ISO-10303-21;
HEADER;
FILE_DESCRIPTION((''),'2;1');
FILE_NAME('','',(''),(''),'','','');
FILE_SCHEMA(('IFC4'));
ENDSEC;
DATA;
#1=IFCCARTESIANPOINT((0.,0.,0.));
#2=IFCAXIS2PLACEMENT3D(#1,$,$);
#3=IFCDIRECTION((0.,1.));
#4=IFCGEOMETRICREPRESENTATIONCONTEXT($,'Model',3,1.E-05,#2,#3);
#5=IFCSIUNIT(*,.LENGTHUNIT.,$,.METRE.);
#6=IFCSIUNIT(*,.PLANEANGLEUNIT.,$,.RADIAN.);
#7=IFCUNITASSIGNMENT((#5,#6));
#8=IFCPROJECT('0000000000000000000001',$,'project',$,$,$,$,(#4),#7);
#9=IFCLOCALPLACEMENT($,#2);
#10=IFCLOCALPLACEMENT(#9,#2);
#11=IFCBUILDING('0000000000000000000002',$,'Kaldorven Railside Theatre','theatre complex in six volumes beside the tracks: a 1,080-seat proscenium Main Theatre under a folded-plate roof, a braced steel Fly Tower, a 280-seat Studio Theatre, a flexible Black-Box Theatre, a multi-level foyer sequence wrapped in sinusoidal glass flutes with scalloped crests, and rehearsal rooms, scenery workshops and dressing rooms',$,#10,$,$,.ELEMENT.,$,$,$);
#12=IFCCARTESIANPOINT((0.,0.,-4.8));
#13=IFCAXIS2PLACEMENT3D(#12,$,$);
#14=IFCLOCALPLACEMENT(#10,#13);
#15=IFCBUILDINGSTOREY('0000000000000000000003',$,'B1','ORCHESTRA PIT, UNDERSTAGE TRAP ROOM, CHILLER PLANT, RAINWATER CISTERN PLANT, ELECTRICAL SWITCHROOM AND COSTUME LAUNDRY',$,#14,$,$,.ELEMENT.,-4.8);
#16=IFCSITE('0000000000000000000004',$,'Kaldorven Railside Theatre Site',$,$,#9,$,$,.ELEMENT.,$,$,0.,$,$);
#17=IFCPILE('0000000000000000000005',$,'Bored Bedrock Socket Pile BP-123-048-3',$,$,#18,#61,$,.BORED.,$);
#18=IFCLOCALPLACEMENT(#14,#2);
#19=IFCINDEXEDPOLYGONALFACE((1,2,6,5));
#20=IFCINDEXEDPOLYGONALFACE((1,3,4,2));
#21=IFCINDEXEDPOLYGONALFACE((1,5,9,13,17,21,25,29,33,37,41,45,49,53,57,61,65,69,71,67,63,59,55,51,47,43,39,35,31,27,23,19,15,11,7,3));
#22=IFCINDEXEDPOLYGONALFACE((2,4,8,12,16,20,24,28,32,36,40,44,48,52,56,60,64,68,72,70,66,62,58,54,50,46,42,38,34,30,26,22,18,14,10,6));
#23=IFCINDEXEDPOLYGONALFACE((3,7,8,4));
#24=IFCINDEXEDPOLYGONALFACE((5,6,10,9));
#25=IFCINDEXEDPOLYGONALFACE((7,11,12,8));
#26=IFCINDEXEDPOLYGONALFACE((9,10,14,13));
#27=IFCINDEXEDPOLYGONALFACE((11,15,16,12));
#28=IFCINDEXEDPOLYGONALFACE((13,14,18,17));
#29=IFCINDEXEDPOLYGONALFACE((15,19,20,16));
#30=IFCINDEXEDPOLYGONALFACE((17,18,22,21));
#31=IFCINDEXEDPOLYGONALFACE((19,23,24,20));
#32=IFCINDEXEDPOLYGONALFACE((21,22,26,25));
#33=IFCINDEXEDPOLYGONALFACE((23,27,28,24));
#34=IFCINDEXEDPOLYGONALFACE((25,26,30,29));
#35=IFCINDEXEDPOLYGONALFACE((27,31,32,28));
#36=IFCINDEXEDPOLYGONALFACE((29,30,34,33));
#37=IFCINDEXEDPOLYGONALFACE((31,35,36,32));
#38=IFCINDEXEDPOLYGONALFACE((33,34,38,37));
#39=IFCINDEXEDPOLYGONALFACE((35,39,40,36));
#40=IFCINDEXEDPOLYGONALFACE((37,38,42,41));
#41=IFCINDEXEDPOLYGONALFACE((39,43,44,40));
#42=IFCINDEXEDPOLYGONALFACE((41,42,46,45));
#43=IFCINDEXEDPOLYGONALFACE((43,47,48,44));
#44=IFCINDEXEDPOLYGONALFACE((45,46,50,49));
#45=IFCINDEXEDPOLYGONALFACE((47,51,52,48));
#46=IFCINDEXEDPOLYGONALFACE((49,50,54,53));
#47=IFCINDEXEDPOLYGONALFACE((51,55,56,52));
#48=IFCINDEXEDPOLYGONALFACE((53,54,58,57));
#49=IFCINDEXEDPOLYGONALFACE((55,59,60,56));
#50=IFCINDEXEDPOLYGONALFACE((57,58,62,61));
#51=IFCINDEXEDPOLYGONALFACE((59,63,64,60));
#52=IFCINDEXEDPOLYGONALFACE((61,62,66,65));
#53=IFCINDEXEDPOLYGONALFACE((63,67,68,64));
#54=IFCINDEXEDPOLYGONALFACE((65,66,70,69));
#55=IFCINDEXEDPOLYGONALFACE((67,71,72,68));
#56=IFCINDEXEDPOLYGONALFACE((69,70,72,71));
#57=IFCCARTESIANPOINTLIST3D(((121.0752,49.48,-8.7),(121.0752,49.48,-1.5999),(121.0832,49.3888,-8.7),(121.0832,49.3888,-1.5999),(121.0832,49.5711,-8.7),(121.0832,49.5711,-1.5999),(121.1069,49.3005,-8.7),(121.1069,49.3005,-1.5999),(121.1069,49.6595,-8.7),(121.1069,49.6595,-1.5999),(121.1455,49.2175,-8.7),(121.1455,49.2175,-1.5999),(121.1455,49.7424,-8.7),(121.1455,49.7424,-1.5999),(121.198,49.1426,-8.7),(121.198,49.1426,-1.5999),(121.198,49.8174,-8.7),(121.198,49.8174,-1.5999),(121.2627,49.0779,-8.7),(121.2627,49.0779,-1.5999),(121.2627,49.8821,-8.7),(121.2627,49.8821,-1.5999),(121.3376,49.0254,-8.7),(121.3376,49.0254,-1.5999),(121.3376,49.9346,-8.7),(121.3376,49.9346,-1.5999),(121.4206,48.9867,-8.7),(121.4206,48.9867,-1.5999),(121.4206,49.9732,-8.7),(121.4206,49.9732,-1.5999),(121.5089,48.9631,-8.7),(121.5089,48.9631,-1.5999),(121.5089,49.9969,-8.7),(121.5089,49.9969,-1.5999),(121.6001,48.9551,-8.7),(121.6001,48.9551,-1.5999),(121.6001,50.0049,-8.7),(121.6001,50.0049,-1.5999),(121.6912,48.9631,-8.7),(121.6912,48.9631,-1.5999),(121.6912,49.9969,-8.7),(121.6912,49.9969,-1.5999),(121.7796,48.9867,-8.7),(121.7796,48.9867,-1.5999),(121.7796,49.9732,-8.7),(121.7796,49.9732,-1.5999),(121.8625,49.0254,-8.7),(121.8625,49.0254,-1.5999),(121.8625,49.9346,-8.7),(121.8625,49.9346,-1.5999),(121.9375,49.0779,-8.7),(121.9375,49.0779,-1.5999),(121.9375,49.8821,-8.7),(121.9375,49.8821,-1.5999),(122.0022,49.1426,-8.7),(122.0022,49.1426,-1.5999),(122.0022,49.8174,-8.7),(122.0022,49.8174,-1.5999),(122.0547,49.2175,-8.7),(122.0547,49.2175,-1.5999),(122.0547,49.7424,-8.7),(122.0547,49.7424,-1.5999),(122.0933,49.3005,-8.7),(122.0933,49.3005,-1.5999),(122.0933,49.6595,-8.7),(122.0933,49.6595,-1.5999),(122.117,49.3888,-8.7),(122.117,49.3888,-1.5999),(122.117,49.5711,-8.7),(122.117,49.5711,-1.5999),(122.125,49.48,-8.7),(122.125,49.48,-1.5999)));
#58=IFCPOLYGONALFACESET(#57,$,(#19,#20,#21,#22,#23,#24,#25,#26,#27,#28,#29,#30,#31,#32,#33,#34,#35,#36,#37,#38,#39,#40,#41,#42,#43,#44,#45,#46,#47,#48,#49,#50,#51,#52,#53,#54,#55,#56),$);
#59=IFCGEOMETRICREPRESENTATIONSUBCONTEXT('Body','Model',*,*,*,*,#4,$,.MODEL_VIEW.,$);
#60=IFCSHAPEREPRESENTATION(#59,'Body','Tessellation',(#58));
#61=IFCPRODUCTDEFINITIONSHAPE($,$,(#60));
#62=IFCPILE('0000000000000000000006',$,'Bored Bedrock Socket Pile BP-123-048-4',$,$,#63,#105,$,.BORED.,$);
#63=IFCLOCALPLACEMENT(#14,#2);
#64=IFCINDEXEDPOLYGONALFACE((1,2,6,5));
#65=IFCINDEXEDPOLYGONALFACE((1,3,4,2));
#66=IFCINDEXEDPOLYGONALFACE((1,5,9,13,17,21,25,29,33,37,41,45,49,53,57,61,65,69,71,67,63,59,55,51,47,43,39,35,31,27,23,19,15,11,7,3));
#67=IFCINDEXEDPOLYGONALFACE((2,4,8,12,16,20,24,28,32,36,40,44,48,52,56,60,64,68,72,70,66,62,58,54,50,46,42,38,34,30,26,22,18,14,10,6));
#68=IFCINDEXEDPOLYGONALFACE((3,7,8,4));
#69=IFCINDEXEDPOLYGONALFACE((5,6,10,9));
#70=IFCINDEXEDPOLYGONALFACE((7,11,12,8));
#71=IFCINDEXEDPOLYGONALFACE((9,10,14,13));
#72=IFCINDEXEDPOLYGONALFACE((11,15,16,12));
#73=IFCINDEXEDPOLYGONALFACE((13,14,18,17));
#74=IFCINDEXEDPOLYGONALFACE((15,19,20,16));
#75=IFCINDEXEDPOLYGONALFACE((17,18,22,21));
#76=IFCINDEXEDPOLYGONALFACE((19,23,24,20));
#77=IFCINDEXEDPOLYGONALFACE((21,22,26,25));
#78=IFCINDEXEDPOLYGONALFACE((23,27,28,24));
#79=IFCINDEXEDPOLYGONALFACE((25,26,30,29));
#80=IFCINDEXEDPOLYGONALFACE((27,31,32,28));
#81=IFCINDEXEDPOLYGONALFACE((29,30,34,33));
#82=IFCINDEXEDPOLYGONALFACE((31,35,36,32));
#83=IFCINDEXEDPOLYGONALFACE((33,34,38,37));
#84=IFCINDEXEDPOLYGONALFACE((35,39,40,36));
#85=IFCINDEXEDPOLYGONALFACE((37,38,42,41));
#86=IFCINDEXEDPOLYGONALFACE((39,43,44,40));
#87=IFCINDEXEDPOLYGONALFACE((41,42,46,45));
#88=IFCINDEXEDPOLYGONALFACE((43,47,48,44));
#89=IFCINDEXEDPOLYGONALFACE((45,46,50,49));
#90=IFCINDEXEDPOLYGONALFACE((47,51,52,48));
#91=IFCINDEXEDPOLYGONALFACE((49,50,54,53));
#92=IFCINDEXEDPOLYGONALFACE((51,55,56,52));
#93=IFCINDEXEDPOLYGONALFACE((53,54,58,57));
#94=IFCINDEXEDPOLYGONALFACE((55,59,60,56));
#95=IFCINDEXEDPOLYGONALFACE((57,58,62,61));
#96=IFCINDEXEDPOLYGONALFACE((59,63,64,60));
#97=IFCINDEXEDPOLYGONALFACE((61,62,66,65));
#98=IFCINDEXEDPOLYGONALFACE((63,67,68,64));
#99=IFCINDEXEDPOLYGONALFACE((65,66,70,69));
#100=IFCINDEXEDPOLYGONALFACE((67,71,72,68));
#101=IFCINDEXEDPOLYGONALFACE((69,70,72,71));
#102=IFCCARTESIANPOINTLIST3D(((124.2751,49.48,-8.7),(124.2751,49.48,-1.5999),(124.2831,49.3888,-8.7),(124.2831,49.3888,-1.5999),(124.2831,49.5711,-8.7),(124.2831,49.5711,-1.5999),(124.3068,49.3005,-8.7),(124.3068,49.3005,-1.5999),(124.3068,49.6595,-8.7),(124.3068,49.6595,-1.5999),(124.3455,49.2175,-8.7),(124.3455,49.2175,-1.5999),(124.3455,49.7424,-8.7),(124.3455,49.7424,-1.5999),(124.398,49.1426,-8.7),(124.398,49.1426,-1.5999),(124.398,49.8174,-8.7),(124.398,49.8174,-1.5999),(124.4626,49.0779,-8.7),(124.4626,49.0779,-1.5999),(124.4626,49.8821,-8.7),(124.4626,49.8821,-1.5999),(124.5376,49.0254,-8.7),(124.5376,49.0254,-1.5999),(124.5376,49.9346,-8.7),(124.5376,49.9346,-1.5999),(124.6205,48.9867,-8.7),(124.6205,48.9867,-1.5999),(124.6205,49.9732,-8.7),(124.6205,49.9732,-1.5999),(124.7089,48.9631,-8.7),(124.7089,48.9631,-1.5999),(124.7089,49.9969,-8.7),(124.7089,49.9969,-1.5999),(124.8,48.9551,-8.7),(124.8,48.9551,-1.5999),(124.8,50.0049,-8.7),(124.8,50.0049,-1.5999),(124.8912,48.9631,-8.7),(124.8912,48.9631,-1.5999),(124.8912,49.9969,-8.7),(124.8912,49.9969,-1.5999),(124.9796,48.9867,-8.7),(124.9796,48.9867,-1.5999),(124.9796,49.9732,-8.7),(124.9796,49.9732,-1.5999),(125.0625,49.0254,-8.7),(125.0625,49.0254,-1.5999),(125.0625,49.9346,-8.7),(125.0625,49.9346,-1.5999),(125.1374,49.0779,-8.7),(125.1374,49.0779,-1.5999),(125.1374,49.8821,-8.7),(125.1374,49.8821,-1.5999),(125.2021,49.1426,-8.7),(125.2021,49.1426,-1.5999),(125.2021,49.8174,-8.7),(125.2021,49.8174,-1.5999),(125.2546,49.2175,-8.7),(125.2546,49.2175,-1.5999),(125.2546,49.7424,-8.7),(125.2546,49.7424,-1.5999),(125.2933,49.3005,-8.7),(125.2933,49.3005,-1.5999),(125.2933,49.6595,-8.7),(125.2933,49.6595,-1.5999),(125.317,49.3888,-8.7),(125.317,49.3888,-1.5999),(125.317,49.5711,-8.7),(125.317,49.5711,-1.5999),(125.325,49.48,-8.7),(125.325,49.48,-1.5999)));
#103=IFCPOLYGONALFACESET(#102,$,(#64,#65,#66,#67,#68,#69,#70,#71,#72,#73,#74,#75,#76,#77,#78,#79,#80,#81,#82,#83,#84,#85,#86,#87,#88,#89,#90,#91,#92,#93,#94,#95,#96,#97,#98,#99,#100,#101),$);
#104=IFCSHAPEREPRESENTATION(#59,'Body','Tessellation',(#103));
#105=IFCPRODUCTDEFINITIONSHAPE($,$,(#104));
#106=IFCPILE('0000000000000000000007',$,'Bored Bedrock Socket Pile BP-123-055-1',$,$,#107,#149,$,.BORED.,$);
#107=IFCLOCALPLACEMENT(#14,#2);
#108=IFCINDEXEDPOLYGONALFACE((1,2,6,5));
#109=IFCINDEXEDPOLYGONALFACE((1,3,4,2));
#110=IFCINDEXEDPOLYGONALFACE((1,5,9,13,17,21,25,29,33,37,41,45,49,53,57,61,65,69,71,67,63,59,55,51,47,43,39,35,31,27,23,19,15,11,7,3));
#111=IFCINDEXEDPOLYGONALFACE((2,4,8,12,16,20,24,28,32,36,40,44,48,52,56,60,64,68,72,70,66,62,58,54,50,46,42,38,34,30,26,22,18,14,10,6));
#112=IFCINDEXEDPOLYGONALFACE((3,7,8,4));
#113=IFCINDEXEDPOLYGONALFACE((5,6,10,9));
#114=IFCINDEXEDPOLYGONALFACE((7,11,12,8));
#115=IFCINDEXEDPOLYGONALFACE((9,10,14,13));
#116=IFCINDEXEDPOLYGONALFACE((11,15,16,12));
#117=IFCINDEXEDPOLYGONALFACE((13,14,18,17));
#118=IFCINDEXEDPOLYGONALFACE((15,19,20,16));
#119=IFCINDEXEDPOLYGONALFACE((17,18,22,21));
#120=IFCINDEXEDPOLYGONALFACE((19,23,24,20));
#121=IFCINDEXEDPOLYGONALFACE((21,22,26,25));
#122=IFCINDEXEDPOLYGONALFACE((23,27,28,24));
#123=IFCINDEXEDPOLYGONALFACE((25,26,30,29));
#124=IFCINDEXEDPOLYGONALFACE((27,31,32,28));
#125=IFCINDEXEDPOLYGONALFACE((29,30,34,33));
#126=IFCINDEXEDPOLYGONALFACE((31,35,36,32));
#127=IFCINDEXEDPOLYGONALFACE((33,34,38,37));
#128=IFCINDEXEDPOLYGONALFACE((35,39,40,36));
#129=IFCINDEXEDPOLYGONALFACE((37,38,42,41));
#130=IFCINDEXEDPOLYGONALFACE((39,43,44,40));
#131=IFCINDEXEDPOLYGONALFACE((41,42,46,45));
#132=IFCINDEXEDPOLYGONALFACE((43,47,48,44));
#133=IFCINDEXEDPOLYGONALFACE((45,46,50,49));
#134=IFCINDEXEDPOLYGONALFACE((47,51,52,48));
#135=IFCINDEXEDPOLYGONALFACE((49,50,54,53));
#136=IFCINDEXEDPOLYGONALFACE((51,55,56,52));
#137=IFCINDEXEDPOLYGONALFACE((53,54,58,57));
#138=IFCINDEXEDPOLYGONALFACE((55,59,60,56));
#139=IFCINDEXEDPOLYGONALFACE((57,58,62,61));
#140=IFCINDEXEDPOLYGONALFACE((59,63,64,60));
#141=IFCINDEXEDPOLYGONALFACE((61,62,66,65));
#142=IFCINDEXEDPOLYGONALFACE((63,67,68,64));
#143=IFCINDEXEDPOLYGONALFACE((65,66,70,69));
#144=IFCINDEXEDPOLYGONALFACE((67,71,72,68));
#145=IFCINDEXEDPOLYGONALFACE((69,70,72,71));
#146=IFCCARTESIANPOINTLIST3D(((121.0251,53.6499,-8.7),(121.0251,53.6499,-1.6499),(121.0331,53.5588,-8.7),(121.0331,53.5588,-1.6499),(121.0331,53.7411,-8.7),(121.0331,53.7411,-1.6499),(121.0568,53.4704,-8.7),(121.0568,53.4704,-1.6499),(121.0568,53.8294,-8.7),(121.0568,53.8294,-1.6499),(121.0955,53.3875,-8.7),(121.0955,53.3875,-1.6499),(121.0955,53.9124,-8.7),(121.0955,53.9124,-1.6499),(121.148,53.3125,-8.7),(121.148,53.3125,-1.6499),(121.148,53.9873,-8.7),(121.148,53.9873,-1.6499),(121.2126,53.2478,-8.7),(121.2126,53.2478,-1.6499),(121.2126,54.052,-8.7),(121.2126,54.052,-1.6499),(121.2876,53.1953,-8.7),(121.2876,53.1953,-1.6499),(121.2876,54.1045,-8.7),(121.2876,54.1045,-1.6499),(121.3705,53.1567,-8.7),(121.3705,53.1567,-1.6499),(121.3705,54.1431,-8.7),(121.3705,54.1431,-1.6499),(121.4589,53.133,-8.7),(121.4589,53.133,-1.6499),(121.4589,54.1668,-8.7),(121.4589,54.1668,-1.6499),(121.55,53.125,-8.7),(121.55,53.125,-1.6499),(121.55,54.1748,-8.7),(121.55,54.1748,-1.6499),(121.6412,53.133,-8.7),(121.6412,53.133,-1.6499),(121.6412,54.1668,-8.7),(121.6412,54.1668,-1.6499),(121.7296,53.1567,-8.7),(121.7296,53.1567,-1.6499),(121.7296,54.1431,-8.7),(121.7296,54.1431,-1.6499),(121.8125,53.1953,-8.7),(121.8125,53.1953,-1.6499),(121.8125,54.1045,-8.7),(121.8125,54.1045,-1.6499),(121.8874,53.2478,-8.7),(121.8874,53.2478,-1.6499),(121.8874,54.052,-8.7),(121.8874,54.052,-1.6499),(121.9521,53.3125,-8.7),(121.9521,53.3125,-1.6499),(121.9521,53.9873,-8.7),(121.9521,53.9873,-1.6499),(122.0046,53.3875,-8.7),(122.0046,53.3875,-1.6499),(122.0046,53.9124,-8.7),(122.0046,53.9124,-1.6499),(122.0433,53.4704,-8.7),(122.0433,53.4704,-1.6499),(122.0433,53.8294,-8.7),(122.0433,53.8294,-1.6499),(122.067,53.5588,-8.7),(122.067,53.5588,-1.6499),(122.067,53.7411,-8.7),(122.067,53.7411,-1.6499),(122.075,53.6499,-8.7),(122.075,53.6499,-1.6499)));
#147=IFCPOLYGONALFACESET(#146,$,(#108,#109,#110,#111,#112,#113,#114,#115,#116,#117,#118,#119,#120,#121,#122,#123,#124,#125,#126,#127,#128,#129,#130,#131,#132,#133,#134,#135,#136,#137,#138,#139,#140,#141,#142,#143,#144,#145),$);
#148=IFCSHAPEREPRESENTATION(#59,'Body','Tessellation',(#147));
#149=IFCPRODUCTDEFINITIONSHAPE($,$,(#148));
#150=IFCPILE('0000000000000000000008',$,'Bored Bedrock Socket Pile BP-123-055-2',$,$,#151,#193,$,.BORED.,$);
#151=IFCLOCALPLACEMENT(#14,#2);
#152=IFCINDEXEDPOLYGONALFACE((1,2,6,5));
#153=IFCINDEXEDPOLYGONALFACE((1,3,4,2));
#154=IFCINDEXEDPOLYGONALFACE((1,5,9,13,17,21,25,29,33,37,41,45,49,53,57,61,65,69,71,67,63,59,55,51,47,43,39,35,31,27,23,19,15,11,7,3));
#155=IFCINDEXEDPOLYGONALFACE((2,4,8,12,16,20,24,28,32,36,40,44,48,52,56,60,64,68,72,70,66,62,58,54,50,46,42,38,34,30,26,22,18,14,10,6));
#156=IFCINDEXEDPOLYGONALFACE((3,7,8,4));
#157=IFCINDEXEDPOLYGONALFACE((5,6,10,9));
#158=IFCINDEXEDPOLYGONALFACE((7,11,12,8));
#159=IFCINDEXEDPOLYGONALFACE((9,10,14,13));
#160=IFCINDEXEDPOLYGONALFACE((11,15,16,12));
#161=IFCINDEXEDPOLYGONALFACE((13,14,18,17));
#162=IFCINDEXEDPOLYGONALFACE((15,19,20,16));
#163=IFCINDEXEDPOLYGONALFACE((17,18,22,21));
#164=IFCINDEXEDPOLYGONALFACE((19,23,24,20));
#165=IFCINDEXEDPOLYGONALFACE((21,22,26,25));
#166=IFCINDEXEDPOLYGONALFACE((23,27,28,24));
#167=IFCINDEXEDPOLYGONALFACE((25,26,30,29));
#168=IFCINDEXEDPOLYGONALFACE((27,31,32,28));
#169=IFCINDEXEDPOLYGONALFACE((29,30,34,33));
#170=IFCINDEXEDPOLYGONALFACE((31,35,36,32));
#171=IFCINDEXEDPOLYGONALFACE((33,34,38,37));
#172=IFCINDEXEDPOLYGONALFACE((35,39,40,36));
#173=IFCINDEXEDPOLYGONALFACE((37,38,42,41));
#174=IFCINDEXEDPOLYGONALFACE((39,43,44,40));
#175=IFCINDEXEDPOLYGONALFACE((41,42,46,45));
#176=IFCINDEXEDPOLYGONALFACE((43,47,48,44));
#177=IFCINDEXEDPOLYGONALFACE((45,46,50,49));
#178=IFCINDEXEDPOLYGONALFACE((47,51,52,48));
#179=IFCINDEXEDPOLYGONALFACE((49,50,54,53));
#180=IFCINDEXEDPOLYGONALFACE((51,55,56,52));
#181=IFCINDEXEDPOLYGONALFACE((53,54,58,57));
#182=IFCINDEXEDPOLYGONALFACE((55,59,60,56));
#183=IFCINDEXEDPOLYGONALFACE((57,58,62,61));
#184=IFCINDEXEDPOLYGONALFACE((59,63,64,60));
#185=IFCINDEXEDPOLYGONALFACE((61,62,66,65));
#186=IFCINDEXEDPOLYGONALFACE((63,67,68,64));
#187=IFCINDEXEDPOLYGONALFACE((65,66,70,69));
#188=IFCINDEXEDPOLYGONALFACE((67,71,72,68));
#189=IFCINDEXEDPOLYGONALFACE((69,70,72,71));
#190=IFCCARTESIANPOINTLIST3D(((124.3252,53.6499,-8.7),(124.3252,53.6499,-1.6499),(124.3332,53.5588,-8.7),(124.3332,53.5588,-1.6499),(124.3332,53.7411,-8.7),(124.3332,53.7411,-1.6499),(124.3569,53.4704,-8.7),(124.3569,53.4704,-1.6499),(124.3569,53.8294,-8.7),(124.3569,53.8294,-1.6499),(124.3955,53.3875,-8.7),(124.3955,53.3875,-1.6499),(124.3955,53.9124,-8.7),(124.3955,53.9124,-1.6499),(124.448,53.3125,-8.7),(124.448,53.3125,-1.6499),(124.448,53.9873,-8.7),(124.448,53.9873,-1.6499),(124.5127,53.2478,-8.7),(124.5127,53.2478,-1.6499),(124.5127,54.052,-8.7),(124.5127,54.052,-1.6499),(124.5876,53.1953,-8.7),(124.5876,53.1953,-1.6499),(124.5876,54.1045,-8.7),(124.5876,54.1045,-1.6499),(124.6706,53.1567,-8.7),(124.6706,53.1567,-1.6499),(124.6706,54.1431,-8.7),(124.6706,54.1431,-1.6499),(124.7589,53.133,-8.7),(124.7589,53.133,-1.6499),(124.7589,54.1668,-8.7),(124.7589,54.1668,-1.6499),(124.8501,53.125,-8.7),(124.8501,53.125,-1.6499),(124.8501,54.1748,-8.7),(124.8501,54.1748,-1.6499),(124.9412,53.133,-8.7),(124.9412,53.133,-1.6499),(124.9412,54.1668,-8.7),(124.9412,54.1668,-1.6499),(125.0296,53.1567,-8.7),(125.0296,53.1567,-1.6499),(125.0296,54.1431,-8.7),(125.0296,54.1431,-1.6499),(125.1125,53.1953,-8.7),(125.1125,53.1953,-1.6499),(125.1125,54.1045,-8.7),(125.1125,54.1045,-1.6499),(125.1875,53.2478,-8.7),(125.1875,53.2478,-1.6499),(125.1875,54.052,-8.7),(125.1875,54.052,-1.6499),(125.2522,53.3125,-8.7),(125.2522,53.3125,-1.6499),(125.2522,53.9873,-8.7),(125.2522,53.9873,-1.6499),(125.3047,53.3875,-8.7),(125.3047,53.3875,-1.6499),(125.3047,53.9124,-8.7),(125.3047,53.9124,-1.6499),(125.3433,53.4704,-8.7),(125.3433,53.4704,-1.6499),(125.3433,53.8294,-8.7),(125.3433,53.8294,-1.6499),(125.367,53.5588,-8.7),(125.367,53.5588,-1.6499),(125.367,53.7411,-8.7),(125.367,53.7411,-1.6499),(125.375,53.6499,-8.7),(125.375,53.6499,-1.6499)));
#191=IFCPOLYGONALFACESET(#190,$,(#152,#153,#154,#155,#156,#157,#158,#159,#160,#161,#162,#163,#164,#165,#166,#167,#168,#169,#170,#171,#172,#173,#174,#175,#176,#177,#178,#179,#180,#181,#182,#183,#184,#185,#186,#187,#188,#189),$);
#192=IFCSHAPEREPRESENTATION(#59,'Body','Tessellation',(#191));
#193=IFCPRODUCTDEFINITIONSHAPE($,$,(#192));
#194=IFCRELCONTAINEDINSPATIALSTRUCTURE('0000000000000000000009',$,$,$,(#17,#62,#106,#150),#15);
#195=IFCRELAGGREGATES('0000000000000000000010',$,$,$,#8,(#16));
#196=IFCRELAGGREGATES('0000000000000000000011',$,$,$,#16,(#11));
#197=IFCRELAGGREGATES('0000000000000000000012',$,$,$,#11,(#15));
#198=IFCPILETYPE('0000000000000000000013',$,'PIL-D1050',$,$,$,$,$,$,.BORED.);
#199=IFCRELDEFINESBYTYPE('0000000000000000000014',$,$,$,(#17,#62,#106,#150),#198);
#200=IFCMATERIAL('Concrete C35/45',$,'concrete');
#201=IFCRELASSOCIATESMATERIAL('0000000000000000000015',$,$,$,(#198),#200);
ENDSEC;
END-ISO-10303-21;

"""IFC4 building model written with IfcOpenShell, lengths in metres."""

from ifc_helpers import new_model, si_unit, direction, frame, origin, origin_2d, place, context, subcontext, project, spatial, circle, extrude, material, material_profile, profile_set, type_object, element, save


model = new_model("IFC4")

# Units and contexts
model_context = context("Model", 3, precision=1e-05, world=origin(), true_north=direction((0.0, 1.0)))
body_context = subcontext(model_context, "Body", "Model", "MODEL_VIEW")
ifc_project = project(units=[si_unit("LENGTHUNIT", "METRE"), si_unit("PLANEANGLEUNIT", "RADIAN")], contexts=[model_context])

# Site, building, storey
site_placement = place(None, origin())
site = spatial("IfcSite", under=ifc_project, at=site_placement, Name="Kaldorven Railside Theatre Site", CompositionType="ELEMENT", RefElevation=0.0)
building_placement = place(site_placement, origin())
building = spatial("IfcBuilding", under=site, at=building_placement, Name="Kaldorven Railside Theatre", Description="theatre complex in six volumes beside the tracks: a 1,080-seat proscenium Main Theatre under a folded-plate roof, a braced steel Fly Tower, a 280-seat Studio Theatre, a flexible Black-Box Theatre, a multi-level foyer sequence wrapped in sinusoidal glass flutes with scalloped crests, and rehearsal rooms, scenery workshops and dressing rooms", CompositionType="ELEMENT")
storey_placement = place(building_placement, frame((0.0, 0.0, -4.8)))
storey = spatial("IfcBuildingStorey", under=building, at=storey_placement, Name="B1", Description="ORCHESTRA PIT, UNDERSTAGE TRAP ROOM, CHILLER PLANT, RAINWATER CISTERN PLANT, ELECTRICAL SWITCHROOM AND COSTUME LAUNDRY", CompositionType="ELEMENT", Elevation=-4.8)

# Piles
ifc_material_1 = material(Name="Concrete C35/45", Category="concrete")
ifc_material_profile_1 = material_profile(ifc_material_1, circle(Radius=0.5249, at=origin_2d()), Name="BP D1050")
ifc_profile_set_1 = profile_set([ifc_material_profile_1], Name="Concrete C35/45")
pile_type_1 = type_object("IfcPileType", Name="PIL-D1050", PredefinedType="BORED", material=ifc_profile_set_1)
for number, where, z_axis, x_axis, name in (
    (1, (121.6001, 49.48, -1.5999), (0.0, 0.0, -1.0), (1.0, 0.0, 0.0), "Bored Bedrock Socket Pile BP-123-048-3"),
    (2, (124.8, 49.48, -1.5999), (0.0, 0.0, -1.0), (1.0, 0.0, 0.0), "Bored Bedrock Socket Pile BP-123-048-4"),
):
    element("IfcPile", number, at=place(storey_placement, frame(where, z_axis=z_axis, x_axis=x_axis)), inside=storey, type_object=pile_type_1, Name=name, PredefinedType="BORED", context=body_context, shape_type="SweptSolid", body=[
        extrude(circle(Radius=0.5249, at=origin_2d()), origin(), (0.0, 0.0, 1.0), 7.1001),
    ])
for number, where, z_axis, x_axis, name in (
    (3, (121.55, 53.6499, -1.6499), (0.0, 0.0, -1.0), (1.0, 0.0, 0.0), "Bored Bedrock Socket Pile BP-123-055-1"),
    (4, (124.8501, 53.6499, -1.6499), (0.0, 0.0, -1.0), (1.0, 0.0, 0.0), "Bored Bedrock Socket Pile BP-123-055-2"),
):
    element("IfcPile", number, at=place(storey_placement, frame(where, z_axis=z_axis, x_axis=x_axis)), inside=storey, type_object=pile_type_1, Name=name, PredefinedType="BORED", context=body_context, shape_type="SweptSolid", body=[
        extrude(circle(Radius=0.5249, at=origin_2d()), origin(), (0.0, 0.0, 1.0), 7.05),
    ])

save(model, "model.ifc")
